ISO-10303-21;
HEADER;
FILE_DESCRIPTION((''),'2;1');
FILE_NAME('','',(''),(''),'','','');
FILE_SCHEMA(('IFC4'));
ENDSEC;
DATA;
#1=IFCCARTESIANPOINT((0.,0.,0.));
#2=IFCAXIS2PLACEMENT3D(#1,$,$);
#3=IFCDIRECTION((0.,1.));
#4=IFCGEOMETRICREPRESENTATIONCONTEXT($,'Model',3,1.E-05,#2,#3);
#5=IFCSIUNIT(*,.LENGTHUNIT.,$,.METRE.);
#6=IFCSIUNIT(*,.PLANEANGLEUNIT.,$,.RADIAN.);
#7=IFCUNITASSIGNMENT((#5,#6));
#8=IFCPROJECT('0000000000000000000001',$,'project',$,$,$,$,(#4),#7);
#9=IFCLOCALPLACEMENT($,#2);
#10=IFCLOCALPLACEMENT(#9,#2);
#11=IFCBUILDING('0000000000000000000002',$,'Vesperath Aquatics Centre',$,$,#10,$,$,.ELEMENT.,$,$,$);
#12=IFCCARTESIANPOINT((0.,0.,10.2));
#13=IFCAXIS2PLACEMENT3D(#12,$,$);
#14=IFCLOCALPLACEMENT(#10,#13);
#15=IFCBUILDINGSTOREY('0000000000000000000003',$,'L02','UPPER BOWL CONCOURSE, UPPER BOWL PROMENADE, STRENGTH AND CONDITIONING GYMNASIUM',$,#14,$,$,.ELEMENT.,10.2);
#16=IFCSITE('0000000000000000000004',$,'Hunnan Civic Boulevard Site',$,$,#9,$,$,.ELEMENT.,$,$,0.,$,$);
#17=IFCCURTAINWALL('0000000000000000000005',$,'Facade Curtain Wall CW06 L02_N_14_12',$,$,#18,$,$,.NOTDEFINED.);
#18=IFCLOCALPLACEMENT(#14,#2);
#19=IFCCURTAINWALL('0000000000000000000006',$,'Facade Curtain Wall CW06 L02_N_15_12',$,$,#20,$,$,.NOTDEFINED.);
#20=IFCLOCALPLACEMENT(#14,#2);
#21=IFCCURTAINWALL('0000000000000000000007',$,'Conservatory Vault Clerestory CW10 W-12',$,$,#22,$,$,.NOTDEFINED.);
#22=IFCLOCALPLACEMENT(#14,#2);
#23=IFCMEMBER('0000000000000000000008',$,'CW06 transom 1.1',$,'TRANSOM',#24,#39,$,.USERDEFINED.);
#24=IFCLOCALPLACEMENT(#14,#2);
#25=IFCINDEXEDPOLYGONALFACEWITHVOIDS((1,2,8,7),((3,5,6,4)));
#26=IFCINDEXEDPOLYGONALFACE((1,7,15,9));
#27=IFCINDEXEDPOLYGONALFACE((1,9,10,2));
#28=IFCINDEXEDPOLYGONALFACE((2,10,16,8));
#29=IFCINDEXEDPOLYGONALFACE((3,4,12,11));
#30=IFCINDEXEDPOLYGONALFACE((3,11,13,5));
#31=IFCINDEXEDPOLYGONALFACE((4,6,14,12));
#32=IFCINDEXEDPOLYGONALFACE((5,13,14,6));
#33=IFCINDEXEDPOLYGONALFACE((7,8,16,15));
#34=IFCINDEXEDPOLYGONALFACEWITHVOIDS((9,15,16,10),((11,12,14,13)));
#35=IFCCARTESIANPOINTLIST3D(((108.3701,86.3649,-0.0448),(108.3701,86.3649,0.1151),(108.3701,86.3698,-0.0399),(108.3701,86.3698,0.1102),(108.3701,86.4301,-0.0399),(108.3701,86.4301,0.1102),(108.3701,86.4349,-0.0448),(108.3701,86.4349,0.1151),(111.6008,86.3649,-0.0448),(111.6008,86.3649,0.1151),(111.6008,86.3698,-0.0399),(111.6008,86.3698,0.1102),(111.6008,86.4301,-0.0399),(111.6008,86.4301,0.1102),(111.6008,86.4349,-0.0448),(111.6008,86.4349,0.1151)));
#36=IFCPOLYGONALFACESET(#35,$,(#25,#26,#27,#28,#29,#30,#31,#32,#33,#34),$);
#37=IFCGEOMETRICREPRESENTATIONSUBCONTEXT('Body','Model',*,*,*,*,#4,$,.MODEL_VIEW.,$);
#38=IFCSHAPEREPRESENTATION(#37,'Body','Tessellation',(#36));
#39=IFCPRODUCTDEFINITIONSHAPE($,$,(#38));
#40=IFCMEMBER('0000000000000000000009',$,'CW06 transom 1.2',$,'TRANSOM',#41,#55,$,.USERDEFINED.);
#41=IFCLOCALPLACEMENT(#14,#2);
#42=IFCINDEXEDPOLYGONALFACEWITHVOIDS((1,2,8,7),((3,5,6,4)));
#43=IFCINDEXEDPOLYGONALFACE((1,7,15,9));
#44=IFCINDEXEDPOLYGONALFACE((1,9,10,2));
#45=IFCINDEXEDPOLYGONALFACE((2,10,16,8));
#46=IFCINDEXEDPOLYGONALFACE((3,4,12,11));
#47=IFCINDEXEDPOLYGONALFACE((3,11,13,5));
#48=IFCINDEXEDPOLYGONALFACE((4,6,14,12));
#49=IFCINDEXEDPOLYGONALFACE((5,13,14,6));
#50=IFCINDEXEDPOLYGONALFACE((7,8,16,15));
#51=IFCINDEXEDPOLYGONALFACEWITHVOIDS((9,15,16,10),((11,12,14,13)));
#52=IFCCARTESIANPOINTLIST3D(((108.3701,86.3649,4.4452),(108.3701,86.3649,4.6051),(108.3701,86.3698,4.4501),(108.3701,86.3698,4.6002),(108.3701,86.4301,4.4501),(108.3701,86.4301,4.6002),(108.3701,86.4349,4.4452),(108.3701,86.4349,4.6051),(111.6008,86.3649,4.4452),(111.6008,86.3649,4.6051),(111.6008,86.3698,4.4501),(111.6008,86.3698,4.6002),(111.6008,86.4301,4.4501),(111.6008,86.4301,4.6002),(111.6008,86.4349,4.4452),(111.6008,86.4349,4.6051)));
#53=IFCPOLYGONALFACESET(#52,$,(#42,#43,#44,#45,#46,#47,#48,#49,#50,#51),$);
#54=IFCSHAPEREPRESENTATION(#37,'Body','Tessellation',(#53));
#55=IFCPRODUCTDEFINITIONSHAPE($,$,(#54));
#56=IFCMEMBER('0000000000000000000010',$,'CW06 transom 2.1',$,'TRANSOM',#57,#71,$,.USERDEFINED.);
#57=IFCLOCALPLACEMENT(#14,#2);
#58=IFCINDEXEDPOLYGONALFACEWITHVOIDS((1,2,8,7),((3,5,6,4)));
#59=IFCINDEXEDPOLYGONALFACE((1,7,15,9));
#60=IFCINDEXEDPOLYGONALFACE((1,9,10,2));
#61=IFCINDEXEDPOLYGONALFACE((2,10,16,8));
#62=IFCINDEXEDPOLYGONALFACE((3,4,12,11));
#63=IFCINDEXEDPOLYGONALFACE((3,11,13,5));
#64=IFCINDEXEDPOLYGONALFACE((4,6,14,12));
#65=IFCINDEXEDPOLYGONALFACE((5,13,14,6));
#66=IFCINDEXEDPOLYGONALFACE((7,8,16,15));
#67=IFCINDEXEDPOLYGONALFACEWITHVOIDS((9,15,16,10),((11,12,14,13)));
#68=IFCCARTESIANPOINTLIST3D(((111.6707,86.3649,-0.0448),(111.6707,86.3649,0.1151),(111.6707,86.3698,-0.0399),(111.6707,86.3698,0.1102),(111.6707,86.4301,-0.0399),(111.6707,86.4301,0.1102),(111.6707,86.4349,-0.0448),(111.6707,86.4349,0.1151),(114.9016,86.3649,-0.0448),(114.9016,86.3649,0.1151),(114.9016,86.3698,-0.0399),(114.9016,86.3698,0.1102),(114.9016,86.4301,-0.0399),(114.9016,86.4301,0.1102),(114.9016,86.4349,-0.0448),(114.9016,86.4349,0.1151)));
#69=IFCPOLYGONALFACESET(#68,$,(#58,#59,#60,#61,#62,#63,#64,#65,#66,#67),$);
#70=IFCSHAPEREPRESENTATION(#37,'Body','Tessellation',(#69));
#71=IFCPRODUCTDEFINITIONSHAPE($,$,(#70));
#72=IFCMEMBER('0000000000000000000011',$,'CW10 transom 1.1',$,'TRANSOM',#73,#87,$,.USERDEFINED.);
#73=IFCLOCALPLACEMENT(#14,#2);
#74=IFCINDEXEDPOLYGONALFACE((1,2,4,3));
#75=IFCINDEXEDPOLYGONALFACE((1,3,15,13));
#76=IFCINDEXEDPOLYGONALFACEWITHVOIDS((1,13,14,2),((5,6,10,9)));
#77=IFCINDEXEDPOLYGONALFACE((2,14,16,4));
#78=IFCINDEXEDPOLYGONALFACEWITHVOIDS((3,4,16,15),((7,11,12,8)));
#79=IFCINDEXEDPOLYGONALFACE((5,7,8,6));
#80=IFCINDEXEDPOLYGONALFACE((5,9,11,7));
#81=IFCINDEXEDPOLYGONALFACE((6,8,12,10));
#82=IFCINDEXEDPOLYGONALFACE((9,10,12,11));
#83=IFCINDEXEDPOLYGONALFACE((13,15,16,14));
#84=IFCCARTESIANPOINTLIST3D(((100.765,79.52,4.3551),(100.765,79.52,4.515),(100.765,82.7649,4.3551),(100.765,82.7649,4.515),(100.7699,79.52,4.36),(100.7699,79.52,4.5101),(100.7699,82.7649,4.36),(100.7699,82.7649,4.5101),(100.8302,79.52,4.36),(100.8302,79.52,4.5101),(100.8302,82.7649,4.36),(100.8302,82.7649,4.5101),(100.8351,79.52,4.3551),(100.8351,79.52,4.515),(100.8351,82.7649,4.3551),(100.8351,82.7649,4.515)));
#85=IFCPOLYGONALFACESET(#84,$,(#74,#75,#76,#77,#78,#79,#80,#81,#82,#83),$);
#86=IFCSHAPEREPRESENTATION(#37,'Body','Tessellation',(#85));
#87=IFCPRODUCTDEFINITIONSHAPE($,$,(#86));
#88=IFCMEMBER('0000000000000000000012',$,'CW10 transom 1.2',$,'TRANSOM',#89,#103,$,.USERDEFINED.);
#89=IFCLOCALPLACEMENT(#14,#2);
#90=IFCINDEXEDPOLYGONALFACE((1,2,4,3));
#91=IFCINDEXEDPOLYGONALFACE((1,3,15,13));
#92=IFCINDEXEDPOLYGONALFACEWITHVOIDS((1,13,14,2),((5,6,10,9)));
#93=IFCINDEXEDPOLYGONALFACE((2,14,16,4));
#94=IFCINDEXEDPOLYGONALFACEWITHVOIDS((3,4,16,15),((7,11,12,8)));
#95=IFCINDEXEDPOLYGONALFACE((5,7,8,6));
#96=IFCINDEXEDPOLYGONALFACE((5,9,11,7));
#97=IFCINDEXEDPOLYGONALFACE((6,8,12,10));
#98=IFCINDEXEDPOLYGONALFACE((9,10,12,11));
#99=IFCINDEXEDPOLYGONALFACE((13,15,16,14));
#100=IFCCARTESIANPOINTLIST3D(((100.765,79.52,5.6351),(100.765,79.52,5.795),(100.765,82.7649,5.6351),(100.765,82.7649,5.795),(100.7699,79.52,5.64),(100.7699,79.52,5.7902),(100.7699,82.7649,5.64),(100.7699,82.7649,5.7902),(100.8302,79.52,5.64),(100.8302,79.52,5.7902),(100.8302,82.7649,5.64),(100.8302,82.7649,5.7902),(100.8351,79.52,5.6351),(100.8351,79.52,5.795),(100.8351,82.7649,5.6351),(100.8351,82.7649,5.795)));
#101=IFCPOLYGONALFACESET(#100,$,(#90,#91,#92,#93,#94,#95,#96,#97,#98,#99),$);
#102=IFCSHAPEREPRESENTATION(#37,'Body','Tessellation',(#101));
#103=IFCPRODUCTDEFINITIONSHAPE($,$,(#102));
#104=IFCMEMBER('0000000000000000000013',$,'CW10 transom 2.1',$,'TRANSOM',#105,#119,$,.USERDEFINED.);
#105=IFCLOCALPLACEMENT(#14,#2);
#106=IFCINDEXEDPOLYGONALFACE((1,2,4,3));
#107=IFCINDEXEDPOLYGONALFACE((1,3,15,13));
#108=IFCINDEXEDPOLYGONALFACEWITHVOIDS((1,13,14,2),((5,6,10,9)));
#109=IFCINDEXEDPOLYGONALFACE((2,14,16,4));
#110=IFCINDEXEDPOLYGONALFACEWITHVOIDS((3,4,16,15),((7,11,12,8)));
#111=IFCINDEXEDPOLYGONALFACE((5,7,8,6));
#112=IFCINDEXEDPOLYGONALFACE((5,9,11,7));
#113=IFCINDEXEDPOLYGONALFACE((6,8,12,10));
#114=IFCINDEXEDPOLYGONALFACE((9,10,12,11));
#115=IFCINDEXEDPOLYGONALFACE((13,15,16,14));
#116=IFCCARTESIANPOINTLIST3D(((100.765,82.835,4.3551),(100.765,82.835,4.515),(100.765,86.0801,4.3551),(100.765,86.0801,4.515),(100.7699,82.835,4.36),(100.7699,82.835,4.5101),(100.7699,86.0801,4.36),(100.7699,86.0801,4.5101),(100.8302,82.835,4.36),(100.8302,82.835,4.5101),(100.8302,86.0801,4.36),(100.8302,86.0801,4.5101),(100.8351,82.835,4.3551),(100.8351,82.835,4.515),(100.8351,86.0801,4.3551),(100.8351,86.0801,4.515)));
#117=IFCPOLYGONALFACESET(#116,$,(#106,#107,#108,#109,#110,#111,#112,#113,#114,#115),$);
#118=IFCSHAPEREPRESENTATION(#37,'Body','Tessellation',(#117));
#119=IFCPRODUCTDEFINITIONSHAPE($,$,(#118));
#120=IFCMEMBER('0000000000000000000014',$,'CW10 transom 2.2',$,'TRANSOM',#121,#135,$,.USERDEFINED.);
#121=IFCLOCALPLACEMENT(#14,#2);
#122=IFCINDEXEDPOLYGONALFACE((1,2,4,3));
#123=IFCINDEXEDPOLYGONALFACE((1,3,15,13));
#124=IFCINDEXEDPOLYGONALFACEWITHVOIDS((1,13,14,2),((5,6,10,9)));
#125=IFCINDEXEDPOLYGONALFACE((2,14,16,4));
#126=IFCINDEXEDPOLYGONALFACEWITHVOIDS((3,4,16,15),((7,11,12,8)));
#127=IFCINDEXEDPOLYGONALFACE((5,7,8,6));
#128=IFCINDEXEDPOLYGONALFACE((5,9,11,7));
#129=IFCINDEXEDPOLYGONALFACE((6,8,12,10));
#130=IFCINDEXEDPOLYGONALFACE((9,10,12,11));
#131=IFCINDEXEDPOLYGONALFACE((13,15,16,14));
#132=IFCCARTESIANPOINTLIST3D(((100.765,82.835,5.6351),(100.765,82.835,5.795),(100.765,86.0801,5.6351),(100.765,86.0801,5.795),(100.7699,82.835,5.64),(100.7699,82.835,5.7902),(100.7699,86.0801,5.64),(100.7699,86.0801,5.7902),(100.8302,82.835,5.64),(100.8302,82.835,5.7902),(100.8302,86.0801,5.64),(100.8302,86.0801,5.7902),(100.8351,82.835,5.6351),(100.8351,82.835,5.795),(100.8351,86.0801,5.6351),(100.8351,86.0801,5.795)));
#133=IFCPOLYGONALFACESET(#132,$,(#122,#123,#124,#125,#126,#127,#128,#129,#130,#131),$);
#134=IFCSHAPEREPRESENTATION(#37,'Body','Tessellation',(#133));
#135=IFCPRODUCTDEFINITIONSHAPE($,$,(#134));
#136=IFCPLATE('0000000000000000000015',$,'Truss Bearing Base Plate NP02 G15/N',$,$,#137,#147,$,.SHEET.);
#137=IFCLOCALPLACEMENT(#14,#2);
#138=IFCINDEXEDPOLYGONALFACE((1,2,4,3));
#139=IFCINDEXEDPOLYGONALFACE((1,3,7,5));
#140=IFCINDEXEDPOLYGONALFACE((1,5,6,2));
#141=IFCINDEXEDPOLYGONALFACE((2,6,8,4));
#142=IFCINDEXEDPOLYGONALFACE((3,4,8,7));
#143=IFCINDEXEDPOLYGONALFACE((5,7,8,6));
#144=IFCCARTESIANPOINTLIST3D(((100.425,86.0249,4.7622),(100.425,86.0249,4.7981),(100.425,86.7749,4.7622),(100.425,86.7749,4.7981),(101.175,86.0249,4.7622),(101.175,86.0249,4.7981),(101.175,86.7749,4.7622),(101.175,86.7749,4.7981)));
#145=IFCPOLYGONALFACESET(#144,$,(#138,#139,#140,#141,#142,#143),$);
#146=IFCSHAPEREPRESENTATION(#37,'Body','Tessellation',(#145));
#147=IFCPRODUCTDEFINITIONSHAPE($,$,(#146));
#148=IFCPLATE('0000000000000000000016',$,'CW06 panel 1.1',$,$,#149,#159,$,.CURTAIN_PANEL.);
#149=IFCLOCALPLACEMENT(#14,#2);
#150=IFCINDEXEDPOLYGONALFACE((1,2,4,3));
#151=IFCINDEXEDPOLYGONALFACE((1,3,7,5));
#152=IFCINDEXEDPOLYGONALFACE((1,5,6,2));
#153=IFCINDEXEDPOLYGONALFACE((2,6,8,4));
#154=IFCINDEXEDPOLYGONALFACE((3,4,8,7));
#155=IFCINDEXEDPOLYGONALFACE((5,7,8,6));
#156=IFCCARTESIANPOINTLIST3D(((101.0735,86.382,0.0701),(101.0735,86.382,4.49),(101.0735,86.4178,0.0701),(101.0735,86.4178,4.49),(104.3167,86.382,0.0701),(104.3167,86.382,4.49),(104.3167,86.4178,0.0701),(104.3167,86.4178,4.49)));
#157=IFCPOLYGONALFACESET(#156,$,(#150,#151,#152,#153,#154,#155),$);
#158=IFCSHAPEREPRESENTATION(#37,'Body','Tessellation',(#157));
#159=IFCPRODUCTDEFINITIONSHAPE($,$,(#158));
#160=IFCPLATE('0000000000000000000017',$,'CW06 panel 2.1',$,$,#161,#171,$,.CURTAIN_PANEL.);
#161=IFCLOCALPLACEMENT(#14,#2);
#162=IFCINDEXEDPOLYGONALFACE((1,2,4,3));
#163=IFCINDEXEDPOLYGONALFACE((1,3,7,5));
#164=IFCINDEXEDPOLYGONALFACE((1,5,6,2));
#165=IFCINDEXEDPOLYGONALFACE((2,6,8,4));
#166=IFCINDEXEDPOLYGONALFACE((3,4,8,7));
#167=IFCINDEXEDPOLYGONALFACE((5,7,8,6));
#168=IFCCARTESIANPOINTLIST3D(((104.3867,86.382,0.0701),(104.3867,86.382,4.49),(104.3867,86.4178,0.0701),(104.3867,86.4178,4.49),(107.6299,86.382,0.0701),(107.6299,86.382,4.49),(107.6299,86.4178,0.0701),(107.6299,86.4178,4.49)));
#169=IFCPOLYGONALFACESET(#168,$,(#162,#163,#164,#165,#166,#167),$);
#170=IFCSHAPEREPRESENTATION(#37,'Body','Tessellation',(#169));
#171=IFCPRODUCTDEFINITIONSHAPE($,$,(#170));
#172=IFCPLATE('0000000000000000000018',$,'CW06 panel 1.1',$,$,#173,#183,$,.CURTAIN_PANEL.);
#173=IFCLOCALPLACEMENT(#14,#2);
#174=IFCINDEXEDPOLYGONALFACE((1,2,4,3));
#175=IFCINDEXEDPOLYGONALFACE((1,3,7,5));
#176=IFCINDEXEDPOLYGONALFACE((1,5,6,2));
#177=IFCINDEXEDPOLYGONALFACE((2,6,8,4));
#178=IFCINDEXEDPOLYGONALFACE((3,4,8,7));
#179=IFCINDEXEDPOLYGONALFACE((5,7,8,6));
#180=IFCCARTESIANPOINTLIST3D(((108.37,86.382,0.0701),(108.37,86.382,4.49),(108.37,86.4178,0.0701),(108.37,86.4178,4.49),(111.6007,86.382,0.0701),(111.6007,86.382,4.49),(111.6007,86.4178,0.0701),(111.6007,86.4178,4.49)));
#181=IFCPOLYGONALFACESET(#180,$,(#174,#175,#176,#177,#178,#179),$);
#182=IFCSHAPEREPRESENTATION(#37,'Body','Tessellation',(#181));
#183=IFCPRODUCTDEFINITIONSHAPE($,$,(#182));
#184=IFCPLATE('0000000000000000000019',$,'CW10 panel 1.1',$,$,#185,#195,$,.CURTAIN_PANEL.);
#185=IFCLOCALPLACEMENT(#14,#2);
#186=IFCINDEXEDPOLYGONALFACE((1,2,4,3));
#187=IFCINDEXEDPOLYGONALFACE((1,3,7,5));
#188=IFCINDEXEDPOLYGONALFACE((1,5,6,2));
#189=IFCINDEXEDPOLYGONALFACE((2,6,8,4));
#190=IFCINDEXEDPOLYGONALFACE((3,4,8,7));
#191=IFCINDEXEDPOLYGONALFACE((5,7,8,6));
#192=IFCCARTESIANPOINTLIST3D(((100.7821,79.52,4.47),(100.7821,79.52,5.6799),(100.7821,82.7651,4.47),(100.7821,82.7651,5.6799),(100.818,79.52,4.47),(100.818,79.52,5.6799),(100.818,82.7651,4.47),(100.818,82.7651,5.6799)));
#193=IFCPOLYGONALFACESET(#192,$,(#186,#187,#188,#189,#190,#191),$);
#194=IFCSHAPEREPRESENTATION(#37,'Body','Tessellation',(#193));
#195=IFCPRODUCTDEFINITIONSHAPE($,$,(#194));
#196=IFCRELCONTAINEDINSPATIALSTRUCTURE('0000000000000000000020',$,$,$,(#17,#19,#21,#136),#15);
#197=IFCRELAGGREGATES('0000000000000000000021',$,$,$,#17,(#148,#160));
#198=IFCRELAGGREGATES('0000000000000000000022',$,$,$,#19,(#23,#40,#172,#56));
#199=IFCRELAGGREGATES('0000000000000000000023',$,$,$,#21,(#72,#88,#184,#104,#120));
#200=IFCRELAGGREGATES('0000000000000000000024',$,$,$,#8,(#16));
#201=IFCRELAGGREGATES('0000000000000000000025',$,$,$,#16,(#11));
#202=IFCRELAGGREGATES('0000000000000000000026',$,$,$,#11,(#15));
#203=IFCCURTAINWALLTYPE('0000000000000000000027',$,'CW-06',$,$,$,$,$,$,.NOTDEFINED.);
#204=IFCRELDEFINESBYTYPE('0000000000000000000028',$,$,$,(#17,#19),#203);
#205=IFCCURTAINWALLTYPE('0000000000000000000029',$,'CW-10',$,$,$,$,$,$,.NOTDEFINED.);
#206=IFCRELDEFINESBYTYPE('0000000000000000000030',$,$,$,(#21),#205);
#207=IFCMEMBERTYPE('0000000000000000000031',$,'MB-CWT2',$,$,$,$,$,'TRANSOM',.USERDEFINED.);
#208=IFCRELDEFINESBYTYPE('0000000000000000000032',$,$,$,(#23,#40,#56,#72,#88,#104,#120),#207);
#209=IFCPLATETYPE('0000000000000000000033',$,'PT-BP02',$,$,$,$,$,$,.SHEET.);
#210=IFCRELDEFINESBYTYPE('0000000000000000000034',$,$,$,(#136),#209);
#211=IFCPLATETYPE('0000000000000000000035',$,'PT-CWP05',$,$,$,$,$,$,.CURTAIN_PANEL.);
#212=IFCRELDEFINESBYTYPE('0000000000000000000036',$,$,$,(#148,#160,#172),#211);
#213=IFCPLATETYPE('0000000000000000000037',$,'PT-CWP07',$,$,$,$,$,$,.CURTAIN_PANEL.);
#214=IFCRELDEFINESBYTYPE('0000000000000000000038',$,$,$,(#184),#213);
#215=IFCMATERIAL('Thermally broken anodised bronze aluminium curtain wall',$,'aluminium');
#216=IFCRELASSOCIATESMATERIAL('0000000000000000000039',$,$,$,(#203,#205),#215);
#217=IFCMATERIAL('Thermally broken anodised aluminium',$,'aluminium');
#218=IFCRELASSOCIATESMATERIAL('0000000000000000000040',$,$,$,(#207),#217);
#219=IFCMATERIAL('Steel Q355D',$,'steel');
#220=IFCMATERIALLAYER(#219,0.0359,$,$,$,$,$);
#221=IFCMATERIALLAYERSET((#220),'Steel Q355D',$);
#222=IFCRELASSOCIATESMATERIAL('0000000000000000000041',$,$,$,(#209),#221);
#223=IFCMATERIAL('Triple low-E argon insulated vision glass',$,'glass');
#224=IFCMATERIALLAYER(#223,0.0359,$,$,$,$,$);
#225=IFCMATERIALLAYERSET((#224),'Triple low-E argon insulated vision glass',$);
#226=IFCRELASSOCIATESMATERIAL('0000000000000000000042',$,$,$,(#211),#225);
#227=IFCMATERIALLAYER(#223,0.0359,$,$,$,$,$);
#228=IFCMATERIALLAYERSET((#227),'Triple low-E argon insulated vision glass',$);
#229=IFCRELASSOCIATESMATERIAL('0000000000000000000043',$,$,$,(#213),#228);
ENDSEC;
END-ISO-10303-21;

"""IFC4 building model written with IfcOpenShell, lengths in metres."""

from ifc_helpers import new_model, si_unit, direction, frame, origin, origin_2d, place, context, subcontext, project, spatial, rectangle, hollow_rectangle, extrude, material, layer, layer_set, material_profile, profile_set, type_object, element, aggregate, save


model = new_model("IFC4")

# Units and contexts
model_context = context("Model", 3, precision=1e-05, world=origin(), true_north=direction((0.0, 1.0)))
body_context = subcontext(model_context, "Body", "Model", "MODEL_VIEW")
ifc_project = project(units=[si_unit("LENGTHUNIT", "METRE"), si_unit("PLANEANGLEUNIT", "RADIAN")], contexts=[model_context])

# Site, building, storey
site_placement = place(None, origin())
site = spatial("IfcSite", under=ifc_project, at=site_placement, Name="Hunnan Civic Boulevard Site", CompositionType="ELEMENT", RefElevation=0.0)
building_placement = place(site_placement, origin())
building = spatial("IfcBuilding", under=site, at=building_placement, Name="Vesperath Aquatics Centre", CompositionType="ELEMENT")
storey_placement = place(building_placement, frame((0.0, 0.0, 10.2)))
storey = spatial("IfcBuildingStorey", under=building, at=storey_placement, Name="L02", Description="UPPER BOWL CONCOURSE, UPPER BOWL PROMENADE, STRENGTH AND CONDITIONING GYMNASIUM", CompositionType="ELEMENT", Elevation=10.2)

# Shared definitions
ifc_material_1 = material(Name="Steel Q355D", Category="steel")

# Curtain walls
ifc_material_2 = material(Name="Thermally broken anodised bronze aluminium curtain wall", Category="aluminium")
curtain_wall_type_1 = type_object("IfcCurtainWallType", Name="CW-06", PredefinedType="NOTDEFINED", material=ifc_material_2)
curtain_wall_1_placement = place(storey_placement, origin())
curtain_wall_1 = element("IfcCurtainWall", 1, at=curtain_wall_1_placement, inside=storey, type_object=curtain_wall_type_1, Name="Facade Curtain Wall CW06 L02_N_14_12", PredefinedType="NOTDEFINED")
ifc_material_3 = material(Name="Thermally broken anodised aluminium", Category="aluminium")
curtain_wall_2_placement = place(storey_placement, origin())
curtain_wall_2 = element("IfcCurtainWall", 2, at=curtain_wall_2_placement, inside=storey, type_object=curtain_wall_type_1, Name="Facade Curtain Wall CW06 L02_N_15_12", PredefinedType="NOTDEFINED")
curtain_wall_type_2 = type_object("IfcCurtainWallType", Name="CW-10", PredefinedType="NOTDEFINED", material=ifc_material_2)
curtain_wall_3_placement = place(storey_placement, origin())
curtain_wall_3 = element("IfcCurtainWall", 3, at=curtain_wall_3_placement, inside=storey, type_object=curtain_wall_type_2, Name="Conservatory Vault Clerestory CW10 W-12", PredefinedType="NOTDEFINED")

# Members
ifc_material_profile_1 = material_profile(ifc_material_3, hollow_rectangle(XDim=0.0701, YDim=0.1599, WallThickness=0.0049, at=origin_2d()), Name="CWT 70x160x5")
ifc_profile_set_1 = profile_set([ifc_material_profile_1], Name="Thermally broken anodised aluminium")
member_type_1 = type_object("IfcMemberType", Name="MB-CWT2", ElementType="TRANSOM", PredefinedType="USERDEFINED", material=ifc_profile_set_1)
member_1_placement = place(storey_placement, frame((108.3701, 86.3999, 0.0352), z_axis=(1.0, 0.0, 0.0), x_axis=(0.0, 1.0, 0.0)))
member_1 = element("IfcMember", 4, at=member_1_placement, type_object=member_type_1, Name="CW06 transom 1.1", ObjectType="TRANSOM", PredefinedType="USERDEFINED", context=body_context, shape_type="SweptSolid", body=[
    extrude(hollow_rectangle(XDim=0.0701, YDim=0.1599, WallThickness=0.0049, at=origin_2d()), origin(), (0.0, 0.0, 1.0), 3.2307),
])
member_2_placement = place(storey_placement, frame((108.3701, 86.3999, 4.5251), z_axis=(1.0, 0.0, 0.0), x_axis=(0.0, 1.0, 0.0)))
member_2 = element("IfcMember", 5, at=member_2_placement, type_object=member_type_1, Name="CW06 transom 1.2", ObjectType="TRANSOM", PredefinedType="USERDEFINED", context=body_context, shape_type="SweptSolid", body=[
    extrude(hollow_rectangle(XDim=0.0701, YDim=0.1599, WallThickness=0.0049, at=origin_2d()), origin(), (0.0, 0.0, 1.0), 3.2307),
])
member_3_placement = place(storey_placement, frame((111.6707, 86.3999, 0.0352), z_axis=(1.0, 0.0, 0.0), x_axis=(0.0, 1.0, 0.0)))
member_3 = element("IfcMember", 6, at=member_3_placement, type_object=member_type_1, Name="CW06 transom 2.1", ObjectType="TRANSOM", PredefinedType="USERDEFINED", context=body_context, shape_type="SweptSolid", body=[
    extrude(hollow_rectangle(XDim=0.0701, YDim=0.1599, WallThickness=0.0049, at=origin_2d()), origin(), (0.0, 0.0, 1.0), 3.231),
])
member_4_placement = place(storey_placement, frame((100.8, 79.52, 4.4351), z_axis=(0.0, 1.0, 0.0), x_axis=(-1.0, 0.0, 0.0)))
member_4 = element("IfcMember", 7, at=member_4_placement, type_object=member_type_1, Name="CW10 transom 1.1", ObjectType="TRANSOM", PredefinedType="USERDEFINED", context=body_context, shape_type="SweptSolid", body=[
    extrude(hollow_rectangle(XDim=0.0701, YDim=0.1599, WallThickness=0.0049, at=origin_2d()), origin(), (0.0, 0.0, 1.0), 3.2449),
])
member_5_placement = place(storey_placement, frame((100.8, 79.52, 5.7151), z_axis=(0.0, 1.0, 0.0), x_axis=(-1.0, 0.0, 0.0)))
member_5 = element("IfcMember", 8, at=member_5_placement, type_object=member_type_1, Name="CW10 transom 1.2", ObjectType="TRANSOM", PredefinedType="USERDEFINED", context=body_context, shape_type="SweptSolid", body=[
    extrude(hollow_rectangle(XDim=0.0701, YDim=0.1599, WallThickness=0.0049, at=origin_2d()), origin(), (0.0, 0.0, 1.0), 3.2449),
])
member_6_placement = place(storey_placement, frame((100.8, 82.835, 4.4351), z_axis=(0.0, 1.0, 0.0), x_axis=(-1.0, 0.0, 0.0)))
member_6 = element("IfcMember", 9, at=member_6_placement, type_object=member_type_1, Name="CW10 transom 2.1", ObjectType="TRANSOM", PredefinedType="USERDEFINED", context=body_context, shape_type="SweptSolid", body=[
    extrude(hollow_rectangle(XDim=0.0701, YDim=0.1599, WallThickness=0.0049, at=origin_2d()), origin(), (0.0, 0.0, 1.0), 3.2451),
])
member_7_placement = place(storey_placement, frame((100.8, 82.835, 5.7151), z_axis=(0.0, 1.0, 0.0), x_axis=(-1.0, 0.0, 0.0)))
member_7 = element("IfcMember", 10, at=member_7_placement, type_object=member_type_1, Name="CW10 transom 2.2", ObjectType="TRANSOM", PredefinedType="USERDEFINED", context=body_context, shape_type="SweptSolid", body=[
    extrude(hollow_rectangle(XDim=0.0701, YDim=0.1599, WallThickness=0.0049, at=origin_2d()), origin(), (0.0, 0.0, 1.0), 3.2451),
])

# Plates
ifc_layer_1 = layer(ifc_material_1, 0.0359)
ifc_layer_set_1 = layer_set([ifc_layer_1], Name="Steel Q355D")
plate_type_1 = type_object("IfcPlateType", Name="PT-BP02", PredefinedType="SHEET", material=ifc_layer_set_1)
plate_1_placement = place(storey_placement, frame((100.8, 86.3999, 4.7622), z_axis=(0.0, 0.0, 1.0), x_axis=(1.0, 0.0, 0.0)))
element("IfcPlate", 11, at=plate_1_placement, inside=storey, type_object=plate_type_1, Name="Truss Bearing Base Plate NP02 G15/N", PredefinedType="SHEET", context=body_context, shape_type="SweptSolid", body=[
    extrude(rectangle(XDim=0.75, YDim=0.75, at=origin_2d()), origin(), (0.0, 0.0, 1.0), 0.0359),
])
ifc_material_4 = material(Name="Triple low-E argon insulated vision glass", Category="glass")
ifc_layer_2 = layer(ifc_material_4, 0.0359)
ifc_layer_set_2 = layer_set([ifc_layer_2], Name="Triple low-E argon insulated vision glass")
plate_type_2 = type_object("IfcPlateType", Name="PT-CWP05", PredefinedType="CURTAIN_PANEL", material=ifc_layer_set_2)
plate_2_placement = place(storey_placement, frame((102.6951, 86.3999, 0.0701), z_axis=(0.0, 0.0, 1.0), x_axis=(1.0, 0.0, 0.0)))
plate_2 = element("IfcPlate", 12, at=plate_2_placement, type_object=plate_type_2, Name="CW06 panel 1.1", PredefinedType="CURTAIN_PANEL", context=body_context, shape_type="SweptSolid", body=[
    extrude(rectangle(XDim=3.2432, YDim=0.0359, at=origin_2d()), origin(), (0.0, 0.0, 1.0), 4.4199),
])
plate_3_placement = place(storey_placement, frame((106.0083, 86.3999, 0.0701), z_axis=(0.0, 0.0, 1.0), x_axis=(1.0, 0.0, 0.0)))
plate_3 = element("IfcPlate", 13, at=plate_3_placement, type_object=plate_type_2, Name="CW06 panel 2.1", PredefinedType="CURTAIN_PANEL", context=body_context, shape_type="SweptSolid", body=[
    extrude(rectangle(XDim=3.2432, YDim=0.0359, at=origin_2d()), origin(), (0.0, 0.0, 1.0), 4.4199),
])
aggregate(curtain_wall_1, [plate_2, plate_3])
plate_4_placement = place(storey_placement, frame((109.9854, 86.3999, 0.0701), z_axis=(0.0, 0.0, 1.0), x_axis=(1.0, 0.0, 0.0)))
plate_4 = element("IfcPlate", 14, at=plate_4_placement, type_object=plate_type_2, Name="CW06 panel 1.1", PredefinedType="CURTAIN_PANEL", context=body_context, shape_type="SweptSolid", body=[
    extrude(rectangle(XDim=3.2307, YDim=0.0359, at=origin_2d()), origin(), (0.0, 0.0, 1.0), 4.4199),
])
aggregate(curtain_wall_2, [member_1, member_2, plate_4, member_3])
ifc_layer_3 = layer(ifc_material_4, 0.0359)
ifc_layer_set_3 = layer_set([ifc_layer_3], Name="Triple low-E argon insulated vision glass")
plate_type_3 = type_object("IfcPlateType", Name="PT-CWP07", PredefinedType="CURTAIN_PANEL", material=ifc_layer_set_3)
plate_5_placement = place(storey_placement, frame((100.8, 81.1426, 4.47), z_axis=(0.0, 0.0, 1.0), x_axis=(0.0, 1.0, 0.0)))
plate_5 = element("IfcPlate", 15, at=plate_5_placement, type_object=plate_type_3, Name="CW10 panel 1.1", PredefinedType="CURTAIN_PANEL", context=body_context, shape_type="SweptSolid", body=[
    extrude(rectangle(XDim=3.2451, YDim=0.0359, at=origin_2d()), origin(), (0.0, 0.0, 1.0), 1.21),
])
aggregate(curtain_wall_3, [member_4, member_5, plate_5, member_6, member_7])

save(model, "model.ifc")
